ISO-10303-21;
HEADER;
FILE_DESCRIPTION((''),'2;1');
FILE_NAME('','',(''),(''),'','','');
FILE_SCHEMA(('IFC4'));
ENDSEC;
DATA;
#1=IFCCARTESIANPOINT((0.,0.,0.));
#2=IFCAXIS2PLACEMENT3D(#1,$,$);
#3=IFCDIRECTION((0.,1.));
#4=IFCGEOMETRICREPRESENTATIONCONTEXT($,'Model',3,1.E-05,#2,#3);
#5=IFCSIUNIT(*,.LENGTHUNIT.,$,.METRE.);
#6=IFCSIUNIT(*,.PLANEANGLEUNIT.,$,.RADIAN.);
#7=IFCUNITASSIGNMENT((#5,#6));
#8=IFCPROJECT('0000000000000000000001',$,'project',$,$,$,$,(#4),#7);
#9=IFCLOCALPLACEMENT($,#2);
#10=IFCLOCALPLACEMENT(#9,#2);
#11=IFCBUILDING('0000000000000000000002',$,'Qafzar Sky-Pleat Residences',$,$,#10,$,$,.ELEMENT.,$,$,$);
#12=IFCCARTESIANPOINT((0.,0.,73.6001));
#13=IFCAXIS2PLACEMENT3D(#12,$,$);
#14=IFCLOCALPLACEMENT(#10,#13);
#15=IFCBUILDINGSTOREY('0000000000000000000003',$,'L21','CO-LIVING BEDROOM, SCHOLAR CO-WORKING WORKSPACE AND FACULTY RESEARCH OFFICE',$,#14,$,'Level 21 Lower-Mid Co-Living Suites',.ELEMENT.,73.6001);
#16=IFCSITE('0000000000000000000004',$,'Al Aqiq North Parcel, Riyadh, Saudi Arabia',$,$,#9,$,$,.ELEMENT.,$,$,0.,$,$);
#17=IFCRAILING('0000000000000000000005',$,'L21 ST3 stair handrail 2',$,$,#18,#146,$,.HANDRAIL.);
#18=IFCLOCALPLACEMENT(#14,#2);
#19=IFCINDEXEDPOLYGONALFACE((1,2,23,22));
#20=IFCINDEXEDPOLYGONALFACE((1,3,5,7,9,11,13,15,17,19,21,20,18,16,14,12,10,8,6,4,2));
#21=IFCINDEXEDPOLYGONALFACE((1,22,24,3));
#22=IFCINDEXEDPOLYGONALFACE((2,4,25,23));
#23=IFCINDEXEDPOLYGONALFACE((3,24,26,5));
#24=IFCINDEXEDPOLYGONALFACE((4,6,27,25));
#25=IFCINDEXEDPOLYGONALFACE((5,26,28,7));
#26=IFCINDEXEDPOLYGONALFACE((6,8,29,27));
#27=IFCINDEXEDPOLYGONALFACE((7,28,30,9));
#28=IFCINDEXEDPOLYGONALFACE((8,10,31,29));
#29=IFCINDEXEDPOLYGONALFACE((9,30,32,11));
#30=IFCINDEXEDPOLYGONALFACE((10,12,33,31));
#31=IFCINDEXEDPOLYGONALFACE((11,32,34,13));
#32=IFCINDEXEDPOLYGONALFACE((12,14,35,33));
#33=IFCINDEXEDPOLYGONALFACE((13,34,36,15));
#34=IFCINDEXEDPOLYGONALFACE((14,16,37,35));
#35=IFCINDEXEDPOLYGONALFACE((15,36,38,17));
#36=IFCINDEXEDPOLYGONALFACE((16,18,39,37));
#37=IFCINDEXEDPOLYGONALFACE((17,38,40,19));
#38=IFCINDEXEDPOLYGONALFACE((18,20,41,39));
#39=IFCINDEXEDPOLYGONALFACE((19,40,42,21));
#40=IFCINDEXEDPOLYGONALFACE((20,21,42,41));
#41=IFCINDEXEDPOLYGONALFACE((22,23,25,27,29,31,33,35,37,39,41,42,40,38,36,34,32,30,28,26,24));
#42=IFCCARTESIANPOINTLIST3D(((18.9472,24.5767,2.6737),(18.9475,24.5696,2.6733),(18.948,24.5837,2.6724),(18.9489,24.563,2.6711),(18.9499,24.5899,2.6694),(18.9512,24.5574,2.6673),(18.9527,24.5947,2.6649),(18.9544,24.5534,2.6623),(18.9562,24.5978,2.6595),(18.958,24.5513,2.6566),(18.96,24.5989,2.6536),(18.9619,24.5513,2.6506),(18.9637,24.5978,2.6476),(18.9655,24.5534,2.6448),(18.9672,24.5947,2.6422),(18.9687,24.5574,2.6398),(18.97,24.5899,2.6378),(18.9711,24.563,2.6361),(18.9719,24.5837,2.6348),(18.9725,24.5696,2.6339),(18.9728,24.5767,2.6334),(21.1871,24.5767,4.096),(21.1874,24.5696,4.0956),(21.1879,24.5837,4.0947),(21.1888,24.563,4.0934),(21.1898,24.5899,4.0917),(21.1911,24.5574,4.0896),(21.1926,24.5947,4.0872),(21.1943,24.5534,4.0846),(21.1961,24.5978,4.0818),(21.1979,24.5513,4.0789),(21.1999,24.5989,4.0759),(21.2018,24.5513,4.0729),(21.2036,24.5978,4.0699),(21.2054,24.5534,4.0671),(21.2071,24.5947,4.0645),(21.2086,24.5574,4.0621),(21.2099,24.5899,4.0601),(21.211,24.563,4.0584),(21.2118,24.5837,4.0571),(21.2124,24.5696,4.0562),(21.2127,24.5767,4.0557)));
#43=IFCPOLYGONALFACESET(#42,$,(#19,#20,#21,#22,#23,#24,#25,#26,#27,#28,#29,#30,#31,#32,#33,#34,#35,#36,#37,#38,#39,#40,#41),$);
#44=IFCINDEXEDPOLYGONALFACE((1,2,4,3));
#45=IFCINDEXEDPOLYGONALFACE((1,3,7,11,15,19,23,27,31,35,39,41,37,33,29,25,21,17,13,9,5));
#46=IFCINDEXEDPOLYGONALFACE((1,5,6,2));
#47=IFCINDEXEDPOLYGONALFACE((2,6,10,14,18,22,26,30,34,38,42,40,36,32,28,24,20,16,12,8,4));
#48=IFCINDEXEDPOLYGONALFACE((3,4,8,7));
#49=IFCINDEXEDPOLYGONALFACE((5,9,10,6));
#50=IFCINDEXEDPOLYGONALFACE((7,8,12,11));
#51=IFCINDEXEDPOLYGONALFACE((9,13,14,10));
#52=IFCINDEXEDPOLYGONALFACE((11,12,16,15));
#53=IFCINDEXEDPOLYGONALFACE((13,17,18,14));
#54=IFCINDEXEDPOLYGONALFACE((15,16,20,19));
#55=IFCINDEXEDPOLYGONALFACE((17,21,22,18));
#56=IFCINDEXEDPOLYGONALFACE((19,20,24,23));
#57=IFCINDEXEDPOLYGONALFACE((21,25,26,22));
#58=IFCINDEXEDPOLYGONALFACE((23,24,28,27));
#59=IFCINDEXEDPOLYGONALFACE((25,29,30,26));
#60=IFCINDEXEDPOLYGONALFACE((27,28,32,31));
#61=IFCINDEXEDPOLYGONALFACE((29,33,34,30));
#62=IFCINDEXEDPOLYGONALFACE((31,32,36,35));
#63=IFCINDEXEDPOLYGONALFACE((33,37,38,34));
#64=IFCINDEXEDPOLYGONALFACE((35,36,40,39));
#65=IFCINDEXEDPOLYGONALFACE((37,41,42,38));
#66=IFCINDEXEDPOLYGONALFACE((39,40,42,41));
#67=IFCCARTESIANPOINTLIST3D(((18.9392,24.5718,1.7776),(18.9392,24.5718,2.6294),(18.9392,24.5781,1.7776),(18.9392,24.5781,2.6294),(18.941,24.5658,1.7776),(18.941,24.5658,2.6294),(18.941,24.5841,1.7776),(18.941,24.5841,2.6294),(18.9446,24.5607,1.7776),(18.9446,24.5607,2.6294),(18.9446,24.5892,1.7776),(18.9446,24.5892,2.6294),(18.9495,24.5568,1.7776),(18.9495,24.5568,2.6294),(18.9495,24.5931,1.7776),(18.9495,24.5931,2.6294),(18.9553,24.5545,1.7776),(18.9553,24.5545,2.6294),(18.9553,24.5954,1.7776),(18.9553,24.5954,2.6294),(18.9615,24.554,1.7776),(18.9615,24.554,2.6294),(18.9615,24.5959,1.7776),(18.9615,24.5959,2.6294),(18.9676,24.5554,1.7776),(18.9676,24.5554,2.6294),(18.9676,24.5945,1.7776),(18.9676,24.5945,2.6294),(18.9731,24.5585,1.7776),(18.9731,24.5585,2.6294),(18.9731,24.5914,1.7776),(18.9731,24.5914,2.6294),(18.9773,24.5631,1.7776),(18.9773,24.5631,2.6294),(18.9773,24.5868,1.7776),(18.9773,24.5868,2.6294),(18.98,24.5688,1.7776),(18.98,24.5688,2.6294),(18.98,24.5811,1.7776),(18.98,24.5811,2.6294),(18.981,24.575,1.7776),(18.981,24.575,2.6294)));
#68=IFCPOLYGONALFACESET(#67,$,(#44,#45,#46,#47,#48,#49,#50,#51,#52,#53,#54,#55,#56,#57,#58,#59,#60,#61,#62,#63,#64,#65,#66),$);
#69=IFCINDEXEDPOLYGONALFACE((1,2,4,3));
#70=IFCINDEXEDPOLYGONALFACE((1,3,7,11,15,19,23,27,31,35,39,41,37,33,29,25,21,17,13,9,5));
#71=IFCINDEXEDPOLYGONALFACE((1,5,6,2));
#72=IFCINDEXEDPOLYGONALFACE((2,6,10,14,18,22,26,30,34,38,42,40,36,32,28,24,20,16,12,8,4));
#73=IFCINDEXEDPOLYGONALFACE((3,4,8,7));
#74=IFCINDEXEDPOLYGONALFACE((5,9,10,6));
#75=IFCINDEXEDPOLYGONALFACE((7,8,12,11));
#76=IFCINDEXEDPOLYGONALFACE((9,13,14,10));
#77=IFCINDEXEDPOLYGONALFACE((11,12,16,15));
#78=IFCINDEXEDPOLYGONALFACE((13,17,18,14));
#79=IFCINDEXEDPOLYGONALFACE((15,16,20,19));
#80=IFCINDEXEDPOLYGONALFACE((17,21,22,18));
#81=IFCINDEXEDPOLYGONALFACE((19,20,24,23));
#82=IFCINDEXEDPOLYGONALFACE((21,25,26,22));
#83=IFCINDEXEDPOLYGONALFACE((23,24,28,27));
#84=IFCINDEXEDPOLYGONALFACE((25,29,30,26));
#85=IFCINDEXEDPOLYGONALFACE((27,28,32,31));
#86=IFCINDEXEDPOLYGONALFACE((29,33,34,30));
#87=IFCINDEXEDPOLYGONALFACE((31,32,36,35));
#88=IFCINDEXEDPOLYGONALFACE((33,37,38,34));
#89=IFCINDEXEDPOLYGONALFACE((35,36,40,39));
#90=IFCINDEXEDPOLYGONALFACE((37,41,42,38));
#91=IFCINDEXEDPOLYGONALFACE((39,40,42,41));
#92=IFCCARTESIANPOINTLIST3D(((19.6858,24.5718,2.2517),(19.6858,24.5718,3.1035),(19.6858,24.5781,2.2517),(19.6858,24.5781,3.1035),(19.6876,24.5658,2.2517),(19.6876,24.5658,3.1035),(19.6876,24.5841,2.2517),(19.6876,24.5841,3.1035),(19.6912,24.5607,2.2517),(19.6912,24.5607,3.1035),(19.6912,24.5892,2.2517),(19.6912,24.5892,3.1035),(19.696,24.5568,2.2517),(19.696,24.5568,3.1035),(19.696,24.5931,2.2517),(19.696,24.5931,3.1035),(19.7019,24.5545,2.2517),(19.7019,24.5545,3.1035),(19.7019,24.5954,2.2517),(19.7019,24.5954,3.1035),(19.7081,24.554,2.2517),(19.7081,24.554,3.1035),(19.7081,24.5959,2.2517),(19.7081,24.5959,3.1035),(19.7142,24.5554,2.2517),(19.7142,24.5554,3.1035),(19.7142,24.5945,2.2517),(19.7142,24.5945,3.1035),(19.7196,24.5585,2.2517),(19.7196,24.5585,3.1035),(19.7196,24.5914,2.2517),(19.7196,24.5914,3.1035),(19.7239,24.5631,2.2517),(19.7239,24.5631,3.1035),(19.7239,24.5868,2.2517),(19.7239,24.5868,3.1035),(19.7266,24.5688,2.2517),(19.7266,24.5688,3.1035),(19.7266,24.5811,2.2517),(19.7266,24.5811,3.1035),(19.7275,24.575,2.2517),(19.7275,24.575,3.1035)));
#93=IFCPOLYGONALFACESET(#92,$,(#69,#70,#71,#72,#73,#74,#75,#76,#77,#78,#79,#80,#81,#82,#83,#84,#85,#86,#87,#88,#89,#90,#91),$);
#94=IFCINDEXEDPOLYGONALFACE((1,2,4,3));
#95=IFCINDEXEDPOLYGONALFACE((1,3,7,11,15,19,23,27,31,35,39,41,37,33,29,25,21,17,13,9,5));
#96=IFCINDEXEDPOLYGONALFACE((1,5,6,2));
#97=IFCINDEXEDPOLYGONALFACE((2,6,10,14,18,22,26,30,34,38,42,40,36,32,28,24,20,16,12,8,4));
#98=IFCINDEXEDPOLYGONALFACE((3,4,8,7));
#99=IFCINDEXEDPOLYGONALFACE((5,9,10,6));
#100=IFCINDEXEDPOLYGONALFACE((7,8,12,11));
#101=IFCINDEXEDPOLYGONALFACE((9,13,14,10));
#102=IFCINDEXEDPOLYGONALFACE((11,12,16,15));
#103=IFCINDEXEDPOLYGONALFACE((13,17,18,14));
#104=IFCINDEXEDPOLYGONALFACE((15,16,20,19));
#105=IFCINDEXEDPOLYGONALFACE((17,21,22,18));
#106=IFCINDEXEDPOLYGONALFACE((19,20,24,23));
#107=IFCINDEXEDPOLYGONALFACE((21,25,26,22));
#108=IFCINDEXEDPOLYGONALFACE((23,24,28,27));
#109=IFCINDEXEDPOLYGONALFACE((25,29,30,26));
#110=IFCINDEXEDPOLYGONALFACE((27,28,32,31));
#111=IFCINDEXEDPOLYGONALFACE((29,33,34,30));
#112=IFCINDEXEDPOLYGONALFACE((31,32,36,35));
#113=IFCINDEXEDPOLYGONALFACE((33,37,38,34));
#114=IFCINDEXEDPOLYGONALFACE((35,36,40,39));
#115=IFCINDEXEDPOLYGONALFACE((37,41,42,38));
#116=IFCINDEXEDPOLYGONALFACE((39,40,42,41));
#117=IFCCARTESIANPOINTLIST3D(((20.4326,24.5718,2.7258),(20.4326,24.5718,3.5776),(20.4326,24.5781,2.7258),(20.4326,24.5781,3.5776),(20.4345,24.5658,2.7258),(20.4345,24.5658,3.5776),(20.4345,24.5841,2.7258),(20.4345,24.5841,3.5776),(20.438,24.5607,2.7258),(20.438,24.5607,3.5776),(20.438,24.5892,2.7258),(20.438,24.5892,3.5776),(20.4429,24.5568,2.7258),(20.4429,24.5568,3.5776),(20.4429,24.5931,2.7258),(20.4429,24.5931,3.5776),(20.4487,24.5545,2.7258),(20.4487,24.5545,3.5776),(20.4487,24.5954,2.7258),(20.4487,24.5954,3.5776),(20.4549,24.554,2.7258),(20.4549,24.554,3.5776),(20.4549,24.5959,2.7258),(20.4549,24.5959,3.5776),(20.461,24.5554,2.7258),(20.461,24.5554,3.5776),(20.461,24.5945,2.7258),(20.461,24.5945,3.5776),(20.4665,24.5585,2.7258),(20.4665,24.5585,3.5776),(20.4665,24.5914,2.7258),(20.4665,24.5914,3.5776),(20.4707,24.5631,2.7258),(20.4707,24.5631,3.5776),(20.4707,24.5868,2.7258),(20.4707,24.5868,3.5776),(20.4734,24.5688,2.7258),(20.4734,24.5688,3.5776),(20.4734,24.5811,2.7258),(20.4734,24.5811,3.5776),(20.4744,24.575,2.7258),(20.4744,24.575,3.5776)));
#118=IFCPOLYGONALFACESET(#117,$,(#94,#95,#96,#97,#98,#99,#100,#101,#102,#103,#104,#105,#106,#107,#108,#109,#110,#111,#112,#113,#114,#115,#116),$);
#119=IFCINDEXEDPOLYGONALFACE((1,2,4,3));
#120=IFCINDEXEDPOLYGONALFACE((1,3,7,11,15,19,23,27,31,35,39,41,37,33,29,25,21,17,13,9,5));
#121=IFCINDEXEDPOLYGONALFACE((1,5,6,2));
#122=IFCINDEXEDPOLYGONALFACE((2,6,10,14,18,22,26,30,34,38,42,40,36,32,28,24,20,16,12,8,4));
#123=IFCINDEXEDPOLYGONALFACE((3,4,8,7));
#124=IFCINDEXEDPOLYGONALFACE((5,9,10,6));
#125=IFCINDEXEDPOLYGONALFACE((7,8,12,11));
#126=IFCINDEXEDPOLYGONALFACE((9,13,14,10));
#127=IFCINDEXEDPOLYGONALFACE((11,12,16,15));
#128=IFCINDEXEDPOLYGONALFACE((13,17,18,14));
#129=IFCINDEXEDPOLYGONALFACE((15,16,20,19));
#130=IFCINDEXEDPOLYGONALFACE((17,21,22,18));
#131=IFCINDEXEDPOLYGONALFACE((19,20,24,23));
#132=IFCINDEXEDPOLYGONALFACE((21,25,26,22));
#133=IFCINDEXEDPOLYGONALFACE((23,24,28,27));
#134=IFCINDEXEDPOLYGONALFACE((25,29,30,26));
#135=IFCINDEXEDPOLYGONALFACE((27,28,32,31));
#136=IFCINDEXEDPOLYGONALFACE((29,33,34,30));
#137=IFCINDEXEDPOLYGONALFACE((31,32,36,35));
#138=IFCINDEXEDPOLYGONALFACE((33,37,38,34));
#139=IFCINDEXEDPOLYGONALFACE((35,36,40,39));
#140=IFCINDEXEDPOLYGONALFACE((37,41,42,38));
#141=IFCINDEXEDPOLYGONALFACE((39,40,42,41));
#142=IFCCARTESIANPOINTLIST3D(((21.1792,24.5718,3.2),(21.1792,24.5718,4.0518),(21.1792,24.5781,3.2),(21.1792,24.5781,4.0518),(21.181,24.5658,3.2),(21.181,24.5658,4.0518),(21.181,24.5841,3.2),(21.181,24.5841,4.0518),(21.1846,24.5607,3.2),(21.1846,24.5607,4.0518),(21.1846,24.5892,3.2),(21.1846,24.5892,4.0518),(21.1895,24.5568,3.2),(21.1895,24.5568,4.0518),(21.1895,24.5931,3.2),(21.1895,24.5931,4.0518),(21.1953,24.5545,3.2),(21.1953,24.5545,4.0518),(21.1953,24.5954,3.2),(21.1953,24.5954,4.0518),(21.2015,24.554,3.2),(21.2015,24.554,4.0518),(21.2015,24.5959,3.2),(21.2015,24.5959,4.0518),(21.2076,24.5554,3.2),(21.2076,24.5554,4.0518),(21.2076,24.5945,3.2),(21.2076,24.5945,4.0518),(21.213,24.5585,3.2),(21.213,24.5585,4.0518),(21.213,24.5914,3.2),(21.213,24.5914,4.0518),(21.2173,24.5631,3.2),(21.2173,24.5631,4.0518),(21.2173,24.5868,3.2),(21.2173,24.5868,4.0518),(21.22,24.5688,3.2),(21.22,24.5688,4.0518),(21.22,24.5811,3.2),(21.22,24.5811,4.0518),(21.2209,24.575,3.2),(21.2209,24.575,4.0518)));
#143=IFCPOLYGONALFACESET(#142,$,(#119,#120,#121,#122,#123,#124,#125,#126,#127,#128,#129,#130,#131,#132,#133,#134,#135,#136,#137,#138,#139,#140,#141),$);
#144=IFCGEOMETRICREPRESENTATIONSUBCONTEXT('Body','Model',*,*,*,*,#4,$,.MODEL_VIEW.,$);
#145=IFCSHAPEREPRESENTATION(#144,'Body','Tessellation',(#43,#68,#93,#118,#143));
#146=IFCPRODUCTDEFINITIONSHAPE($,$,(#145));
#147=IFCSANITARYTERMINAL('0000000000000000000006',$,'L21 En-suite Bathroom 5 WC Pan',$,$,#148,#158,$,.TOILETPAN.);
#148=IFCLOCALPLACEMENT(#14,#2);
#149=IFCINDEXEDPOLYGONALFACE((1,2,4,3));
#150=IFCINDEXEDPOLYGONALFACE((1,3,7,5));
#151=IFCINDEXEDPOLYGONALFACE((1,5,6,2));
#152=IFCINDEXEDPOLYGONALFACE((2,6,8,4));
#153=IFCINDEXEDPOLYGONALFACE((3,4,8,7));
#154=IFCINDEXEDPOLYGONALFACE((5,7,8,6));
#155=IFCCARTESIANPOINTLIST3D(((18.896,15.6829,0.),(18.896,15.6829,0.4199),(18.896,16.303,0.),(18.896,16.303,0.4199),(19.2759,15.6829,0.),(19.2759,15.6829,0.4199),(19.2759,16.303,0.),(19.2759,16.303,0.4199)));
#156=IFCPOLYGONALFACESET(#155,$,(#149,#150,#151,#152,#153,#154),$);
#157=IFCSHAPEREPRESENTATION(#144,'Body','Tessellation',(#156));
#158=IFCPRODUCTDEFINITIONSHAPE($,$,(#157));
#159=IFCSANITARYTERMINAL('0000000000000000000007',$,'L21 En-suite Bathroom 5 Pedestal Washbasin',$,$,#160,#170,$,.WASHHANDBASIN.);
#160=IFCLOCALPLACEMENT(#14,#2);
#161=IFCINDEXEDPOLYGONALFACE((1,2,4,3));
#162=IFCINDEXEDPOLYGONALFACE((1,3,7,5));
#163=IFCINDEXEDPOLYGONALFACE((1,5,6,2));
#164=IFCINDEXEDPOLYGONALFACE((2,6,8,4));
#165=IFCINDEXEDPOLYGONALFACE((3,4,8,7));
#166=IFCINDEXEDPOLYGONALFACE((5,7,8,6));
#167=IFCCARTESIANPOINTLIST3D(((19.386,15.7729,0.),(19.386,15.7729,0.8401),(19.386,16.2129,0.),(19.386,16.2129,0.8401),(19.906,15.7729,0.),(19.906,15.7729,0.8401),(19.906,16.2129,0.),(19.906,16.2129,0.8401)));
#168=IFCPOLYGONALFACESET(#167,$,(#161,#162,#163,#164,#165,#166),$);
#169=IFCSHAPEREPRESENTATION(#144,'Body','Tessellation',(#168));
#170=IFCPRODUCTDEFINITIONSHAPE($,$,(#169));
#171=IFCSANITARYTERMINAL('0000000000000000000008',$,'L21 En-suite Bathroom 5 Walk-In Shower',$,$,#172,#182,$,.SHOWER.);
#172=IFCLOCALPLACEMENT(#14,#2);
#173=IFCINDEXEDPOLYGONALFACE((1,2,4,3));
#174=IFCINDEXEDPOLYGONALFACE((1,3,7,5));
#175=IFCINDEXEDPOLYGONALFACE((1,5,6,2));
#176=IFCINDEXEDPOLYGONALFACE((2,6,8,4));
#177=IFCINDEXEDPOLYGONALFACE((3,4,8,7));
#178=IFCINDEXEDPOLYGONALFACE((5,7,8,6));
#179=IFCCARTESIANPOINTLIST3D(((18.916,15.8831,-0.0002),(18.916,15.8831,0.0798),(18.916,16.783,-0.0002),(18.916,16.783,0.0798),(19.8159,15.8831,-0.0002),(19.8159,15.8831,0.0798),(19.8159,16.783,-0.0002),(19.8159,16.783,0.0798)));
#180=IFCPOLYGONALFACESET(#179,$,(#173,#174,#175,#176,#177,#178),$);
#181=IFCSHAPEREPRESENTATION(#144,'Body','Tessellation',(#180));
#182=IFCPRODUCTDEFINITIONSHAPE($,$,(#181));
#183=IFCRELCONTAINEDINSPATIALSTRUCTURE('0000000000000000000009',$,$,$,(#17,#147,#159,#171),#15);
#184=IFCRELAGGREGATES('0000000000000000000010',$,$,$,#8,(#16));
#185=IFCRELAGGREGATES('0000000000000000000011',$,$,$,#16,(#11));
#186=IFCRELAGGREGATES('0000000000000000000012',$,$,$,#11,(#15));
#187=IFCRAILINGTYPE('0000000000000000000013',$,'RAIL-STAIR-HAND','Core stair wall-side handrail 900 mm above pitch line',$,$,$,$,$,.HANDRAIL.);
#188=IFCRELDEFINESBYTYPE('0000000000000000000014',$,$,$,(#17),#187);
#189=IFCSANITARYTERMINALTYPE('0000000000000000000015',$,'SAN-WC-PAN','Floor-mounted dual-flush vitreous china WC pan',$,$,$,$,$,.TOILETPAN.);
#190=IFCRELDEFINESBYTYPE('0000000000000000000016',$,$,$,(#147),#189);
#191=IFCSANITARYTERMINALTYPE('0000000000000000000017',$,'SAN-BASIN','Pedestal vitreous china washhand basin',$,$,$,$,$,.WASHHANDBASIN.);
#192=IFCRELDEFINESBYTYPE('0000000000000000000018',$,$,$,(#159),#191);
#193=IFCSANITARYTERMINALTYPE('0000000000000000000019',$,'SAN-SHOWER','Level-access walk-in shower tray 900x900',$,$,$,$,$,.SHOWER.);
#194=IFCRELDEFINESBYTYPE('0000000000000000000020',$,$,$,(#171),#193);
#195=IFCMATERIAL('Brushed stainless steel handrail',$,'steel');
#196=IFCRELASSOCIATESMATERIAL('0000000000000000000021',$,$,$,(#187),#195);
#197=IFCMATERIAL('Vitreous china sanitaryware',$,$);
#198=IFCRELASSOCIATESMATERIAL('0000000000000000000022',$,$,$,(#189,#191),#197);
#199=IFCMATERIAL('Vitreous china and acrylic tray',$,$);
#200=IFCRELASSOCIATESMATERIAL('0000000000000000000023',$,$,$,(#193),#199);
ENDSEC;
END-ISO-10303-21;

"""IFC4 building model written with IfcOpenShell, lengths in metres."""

from ifc_helpers import new_model, si_unit, direction, frame, origin, origin_2d, place, context, subcontext, project, spatial, rectangle, circle, extrude, source, transform, mapped, material, type_object, element, save


model = new_model("IFC4")

# Units and contexts
model_context = context("Model", 3, precision=1e-05, world=origin(), true_north=direction((0.0, 1.0)))
body_context = subcontext(model_context, "Body", "Model", "MODEL_VIEW")
ifc_project = project(units=[si_unit("LENGTHUNIT", "METRE"), si_unit("PLANEANGLEUNIT", "RADIAN")], contexts=[model_context])

# Site, building, storey
site_placement = place(None, origin())
site = spatial("IfcSite", under=ifc_project, at=site_placement, Name="Al Aqiq North Parcel, Riyadh, Saudi Arabia", CompositionType="ELEMENT", RefElevation=0.0)
building_placement = place(site_placement, origin())
building = spatial("IfcBuilding", under=site, at=building_placement, Name="Qafzar Sky-Pleat Residences", CompositionType="ELEMENT")
storey_placement = place(building_placement, frame((0.0, 0.0, 73.6001)))
storey = spatial("IfcBuildingStorey", under=building, at=storey_placement, Name="L21", Description="CO-LIVING BEDROOM, SCHOLAR CO-WORKING WORKSPACE AND FACULTY RESEARCH OFFICE", LongName="Level 21 Lower-Mid Co-Living Suites", CompositionType="ELEMENT", Elevation=73.6001)

# Railing
ifc_material_1 = material(Name="Brushed stainless steel handrail", Category="steel")
railing_type_1 = type_object("IfcRailingType", Name="RAIL-STAIR-HAND", Description="Core stair wall-side handrail 900 mm above pitch line", PredefinedType="HANDRAIL", material=ifc_material_1)
shared_shape_1 = source(origin(), body_context, "Body", "SweptSolid", [
    extrude(circle(Radius=0.0239, at=origin_2d()), frame((0.0, 0.0, 0.876), z_axis=(0.844188, 0.0, 0.536048), x_axis=(0.0, 1.0, 0.0)), (0.0, 0.0, 1.0), 2.6533),
    extrude(circle(Radius=0.021, at=origin_2d()), origin(), (0.0, 0.0, 1.0), 0.8518),
    extrude(circle(Radius=0.021, at=origin_2d()), frame((0.7466, 0.0, 0.4741)), (0.0, 0.0, 1.0), 0.8518),
    extrude(circle(Radius=0.021, at=origin_2d()), frame((1.4934, 0.0, 0.9482)), (0.0, 0.0, 1.0), 0.8518),
    extrude(circle(Radius=0.021, at=origin_2d()), frame((2.24, 0.0, 1.4224)), (0.0, 0.0, 1.0), 0.8518),
])
railing_1_placement = place(storey_placement, frame((18.96, 24.575, 1.7776)))
element("IfcRailing", 1, at=railing_1_placement, inside=storey, type_object=railing_type_1, Name="L21 ST3 stair handrail 2", PredefinedType="HANDRAIL", context=body_context, shape_type="MappedRepresentation", body=[
    mapped(shared_shape_1, transform((0.0, 0.0, 0.0), x_axis=(1.0, 0.0, 0.0), y_axis=(0.0, 1.0, 0.0), z_axis=(0.0, 0.0, 1.0), scale=1.0)),
])

# Sanitary terminals
ifc_material_2 = material(Name="Vitreous china sanitaryware")
sanitary_terminal_type_1 = type_object("IfcSanitaryTerminalType", Name="SAN-WC-PAN", Description="Floor-mounted dual-flush vitreous china WC pan", PredefinedType="TOILETPAN", material=ifc_material_2)
shared_shape_2 = source(origin(), body_context, "Body", "SweptSolid", [
    extrude(rectangle(XDim=0.3799, YDim=0.6201, at=origin_2d()), origin(), (0.0, 0.0, 1.0), 0.4199),
])
sanitary_terminal_1_placement = place(storey_placement, frame((19.0859, 15.9929, 0.0), z_axis=(0.0, 0.0, 1.0), x_axis=(1.0, 0.0, 0.0)))
element("IfcSanitaryTerminal", 2, at=sanitary_terminal_1_placement, inside=storey, type_object=sanitary_terminal_type_1, Name="L21 En-suite Bathroom 5 WC Pan", PredefinedType="TOILETPAN", context=body_context, shape_type="MappedRepresentation", body=[
    mapped(shared_shape_2, transform((0.0, 0.0, 0.0), x_axis=(1.0, 0.0, 0.0), y_axis=(0.0, 1.0, 0.0), z_axis=(0.0, 0.0, 1.0), scale=1.0)),
])
sanitary_terminal_type_2 = type_object("IfcSanitaryTerminalType", Name="SAN-BASIN", Description="Pedestal vitreous china washhand basin", PredefinedType="WASHHANDBASIN", material=ifc_material_2)
shared_shape_3 = source(origin(), body_context, "Body", "SweptSolid", [
    extrude(rectangle(XDim=0.52, YDim=0.4399, at=origin_2d()), origin(), (0.0, 0.0, 1.0), 0.8401),
])
sanitary_terminal_2_placement = place(storey_placement, frame((19.646, 15.9929, 0.0), z_axis=(0.0, 0.0, 1.0), x_axis=(1.0, 0.0, 0.0)))
element("IfcSanitaryTerminal", 3, at=sanitary_terminal_2_placement, inside=storey, type_object=sanitary_terminal_type_2, Name="L21 En-suite Bathroom 5 Pedestal Washbasin", PredefinedType="WASHHANDBASIN", context=body_context, shape_type="MappedRepresentation", body=[
    mapped(shared_shape_3, transform((0.0, 0.0, 0.0), x_axis=(1.0, 0.0, 0.0), y_axis=(0.0, 1.0, 0.0), z_axis=(0.0, 0.0, 1.0), scale=1.0)),
])
ifc_material_3 = material(Name="Vitreous china and acrylic tray")
sanitary_terminal_type_3 = type_object("IfcSanitaryTerminalType", Name="SAN-SHOWER", Description="Level-access walk-in shower tray 900x900", PredefinedType="SHOWER", material=ifc_material_3)
shared_shape_4 = source(origin(), body_context, "Body", "SweptSolid", [
    extrude(rectangle(XDim=0.8999, YDim=0.8999, at=origin_2d()), origin(), (0.0, 0.0, 1.0), 0.0801),
])
sanitary_terminal_3_placement = place(storey_placement, frame((19.366, 16.333, -0.0002), z_axis=(0.0, 0.0, 1.0), x_axis=(1.0, 0.0, 0.0)))
element("IfcSanitaryTerminal", 4, at=sanitary_terminal_3_placement, inside=storey, type_object=sanitary_terminal_type_3, Name="L21 En-suite Bathroom 5 Walk-In Shower", PredefinedType="SHOWER", context=body_context, shape_type="MappedRepresentation", body=[
    mapped(shared_shape_4, transform((0.0, 0.0, 0.0), x_axis=(1.0, 0.0, 0.0), y_axis=(0.0, 1.0, 0.0), z_axis=(0.0, 0.0, 1.0), scale=1.0)),
])

save(model, "model.ifc")
